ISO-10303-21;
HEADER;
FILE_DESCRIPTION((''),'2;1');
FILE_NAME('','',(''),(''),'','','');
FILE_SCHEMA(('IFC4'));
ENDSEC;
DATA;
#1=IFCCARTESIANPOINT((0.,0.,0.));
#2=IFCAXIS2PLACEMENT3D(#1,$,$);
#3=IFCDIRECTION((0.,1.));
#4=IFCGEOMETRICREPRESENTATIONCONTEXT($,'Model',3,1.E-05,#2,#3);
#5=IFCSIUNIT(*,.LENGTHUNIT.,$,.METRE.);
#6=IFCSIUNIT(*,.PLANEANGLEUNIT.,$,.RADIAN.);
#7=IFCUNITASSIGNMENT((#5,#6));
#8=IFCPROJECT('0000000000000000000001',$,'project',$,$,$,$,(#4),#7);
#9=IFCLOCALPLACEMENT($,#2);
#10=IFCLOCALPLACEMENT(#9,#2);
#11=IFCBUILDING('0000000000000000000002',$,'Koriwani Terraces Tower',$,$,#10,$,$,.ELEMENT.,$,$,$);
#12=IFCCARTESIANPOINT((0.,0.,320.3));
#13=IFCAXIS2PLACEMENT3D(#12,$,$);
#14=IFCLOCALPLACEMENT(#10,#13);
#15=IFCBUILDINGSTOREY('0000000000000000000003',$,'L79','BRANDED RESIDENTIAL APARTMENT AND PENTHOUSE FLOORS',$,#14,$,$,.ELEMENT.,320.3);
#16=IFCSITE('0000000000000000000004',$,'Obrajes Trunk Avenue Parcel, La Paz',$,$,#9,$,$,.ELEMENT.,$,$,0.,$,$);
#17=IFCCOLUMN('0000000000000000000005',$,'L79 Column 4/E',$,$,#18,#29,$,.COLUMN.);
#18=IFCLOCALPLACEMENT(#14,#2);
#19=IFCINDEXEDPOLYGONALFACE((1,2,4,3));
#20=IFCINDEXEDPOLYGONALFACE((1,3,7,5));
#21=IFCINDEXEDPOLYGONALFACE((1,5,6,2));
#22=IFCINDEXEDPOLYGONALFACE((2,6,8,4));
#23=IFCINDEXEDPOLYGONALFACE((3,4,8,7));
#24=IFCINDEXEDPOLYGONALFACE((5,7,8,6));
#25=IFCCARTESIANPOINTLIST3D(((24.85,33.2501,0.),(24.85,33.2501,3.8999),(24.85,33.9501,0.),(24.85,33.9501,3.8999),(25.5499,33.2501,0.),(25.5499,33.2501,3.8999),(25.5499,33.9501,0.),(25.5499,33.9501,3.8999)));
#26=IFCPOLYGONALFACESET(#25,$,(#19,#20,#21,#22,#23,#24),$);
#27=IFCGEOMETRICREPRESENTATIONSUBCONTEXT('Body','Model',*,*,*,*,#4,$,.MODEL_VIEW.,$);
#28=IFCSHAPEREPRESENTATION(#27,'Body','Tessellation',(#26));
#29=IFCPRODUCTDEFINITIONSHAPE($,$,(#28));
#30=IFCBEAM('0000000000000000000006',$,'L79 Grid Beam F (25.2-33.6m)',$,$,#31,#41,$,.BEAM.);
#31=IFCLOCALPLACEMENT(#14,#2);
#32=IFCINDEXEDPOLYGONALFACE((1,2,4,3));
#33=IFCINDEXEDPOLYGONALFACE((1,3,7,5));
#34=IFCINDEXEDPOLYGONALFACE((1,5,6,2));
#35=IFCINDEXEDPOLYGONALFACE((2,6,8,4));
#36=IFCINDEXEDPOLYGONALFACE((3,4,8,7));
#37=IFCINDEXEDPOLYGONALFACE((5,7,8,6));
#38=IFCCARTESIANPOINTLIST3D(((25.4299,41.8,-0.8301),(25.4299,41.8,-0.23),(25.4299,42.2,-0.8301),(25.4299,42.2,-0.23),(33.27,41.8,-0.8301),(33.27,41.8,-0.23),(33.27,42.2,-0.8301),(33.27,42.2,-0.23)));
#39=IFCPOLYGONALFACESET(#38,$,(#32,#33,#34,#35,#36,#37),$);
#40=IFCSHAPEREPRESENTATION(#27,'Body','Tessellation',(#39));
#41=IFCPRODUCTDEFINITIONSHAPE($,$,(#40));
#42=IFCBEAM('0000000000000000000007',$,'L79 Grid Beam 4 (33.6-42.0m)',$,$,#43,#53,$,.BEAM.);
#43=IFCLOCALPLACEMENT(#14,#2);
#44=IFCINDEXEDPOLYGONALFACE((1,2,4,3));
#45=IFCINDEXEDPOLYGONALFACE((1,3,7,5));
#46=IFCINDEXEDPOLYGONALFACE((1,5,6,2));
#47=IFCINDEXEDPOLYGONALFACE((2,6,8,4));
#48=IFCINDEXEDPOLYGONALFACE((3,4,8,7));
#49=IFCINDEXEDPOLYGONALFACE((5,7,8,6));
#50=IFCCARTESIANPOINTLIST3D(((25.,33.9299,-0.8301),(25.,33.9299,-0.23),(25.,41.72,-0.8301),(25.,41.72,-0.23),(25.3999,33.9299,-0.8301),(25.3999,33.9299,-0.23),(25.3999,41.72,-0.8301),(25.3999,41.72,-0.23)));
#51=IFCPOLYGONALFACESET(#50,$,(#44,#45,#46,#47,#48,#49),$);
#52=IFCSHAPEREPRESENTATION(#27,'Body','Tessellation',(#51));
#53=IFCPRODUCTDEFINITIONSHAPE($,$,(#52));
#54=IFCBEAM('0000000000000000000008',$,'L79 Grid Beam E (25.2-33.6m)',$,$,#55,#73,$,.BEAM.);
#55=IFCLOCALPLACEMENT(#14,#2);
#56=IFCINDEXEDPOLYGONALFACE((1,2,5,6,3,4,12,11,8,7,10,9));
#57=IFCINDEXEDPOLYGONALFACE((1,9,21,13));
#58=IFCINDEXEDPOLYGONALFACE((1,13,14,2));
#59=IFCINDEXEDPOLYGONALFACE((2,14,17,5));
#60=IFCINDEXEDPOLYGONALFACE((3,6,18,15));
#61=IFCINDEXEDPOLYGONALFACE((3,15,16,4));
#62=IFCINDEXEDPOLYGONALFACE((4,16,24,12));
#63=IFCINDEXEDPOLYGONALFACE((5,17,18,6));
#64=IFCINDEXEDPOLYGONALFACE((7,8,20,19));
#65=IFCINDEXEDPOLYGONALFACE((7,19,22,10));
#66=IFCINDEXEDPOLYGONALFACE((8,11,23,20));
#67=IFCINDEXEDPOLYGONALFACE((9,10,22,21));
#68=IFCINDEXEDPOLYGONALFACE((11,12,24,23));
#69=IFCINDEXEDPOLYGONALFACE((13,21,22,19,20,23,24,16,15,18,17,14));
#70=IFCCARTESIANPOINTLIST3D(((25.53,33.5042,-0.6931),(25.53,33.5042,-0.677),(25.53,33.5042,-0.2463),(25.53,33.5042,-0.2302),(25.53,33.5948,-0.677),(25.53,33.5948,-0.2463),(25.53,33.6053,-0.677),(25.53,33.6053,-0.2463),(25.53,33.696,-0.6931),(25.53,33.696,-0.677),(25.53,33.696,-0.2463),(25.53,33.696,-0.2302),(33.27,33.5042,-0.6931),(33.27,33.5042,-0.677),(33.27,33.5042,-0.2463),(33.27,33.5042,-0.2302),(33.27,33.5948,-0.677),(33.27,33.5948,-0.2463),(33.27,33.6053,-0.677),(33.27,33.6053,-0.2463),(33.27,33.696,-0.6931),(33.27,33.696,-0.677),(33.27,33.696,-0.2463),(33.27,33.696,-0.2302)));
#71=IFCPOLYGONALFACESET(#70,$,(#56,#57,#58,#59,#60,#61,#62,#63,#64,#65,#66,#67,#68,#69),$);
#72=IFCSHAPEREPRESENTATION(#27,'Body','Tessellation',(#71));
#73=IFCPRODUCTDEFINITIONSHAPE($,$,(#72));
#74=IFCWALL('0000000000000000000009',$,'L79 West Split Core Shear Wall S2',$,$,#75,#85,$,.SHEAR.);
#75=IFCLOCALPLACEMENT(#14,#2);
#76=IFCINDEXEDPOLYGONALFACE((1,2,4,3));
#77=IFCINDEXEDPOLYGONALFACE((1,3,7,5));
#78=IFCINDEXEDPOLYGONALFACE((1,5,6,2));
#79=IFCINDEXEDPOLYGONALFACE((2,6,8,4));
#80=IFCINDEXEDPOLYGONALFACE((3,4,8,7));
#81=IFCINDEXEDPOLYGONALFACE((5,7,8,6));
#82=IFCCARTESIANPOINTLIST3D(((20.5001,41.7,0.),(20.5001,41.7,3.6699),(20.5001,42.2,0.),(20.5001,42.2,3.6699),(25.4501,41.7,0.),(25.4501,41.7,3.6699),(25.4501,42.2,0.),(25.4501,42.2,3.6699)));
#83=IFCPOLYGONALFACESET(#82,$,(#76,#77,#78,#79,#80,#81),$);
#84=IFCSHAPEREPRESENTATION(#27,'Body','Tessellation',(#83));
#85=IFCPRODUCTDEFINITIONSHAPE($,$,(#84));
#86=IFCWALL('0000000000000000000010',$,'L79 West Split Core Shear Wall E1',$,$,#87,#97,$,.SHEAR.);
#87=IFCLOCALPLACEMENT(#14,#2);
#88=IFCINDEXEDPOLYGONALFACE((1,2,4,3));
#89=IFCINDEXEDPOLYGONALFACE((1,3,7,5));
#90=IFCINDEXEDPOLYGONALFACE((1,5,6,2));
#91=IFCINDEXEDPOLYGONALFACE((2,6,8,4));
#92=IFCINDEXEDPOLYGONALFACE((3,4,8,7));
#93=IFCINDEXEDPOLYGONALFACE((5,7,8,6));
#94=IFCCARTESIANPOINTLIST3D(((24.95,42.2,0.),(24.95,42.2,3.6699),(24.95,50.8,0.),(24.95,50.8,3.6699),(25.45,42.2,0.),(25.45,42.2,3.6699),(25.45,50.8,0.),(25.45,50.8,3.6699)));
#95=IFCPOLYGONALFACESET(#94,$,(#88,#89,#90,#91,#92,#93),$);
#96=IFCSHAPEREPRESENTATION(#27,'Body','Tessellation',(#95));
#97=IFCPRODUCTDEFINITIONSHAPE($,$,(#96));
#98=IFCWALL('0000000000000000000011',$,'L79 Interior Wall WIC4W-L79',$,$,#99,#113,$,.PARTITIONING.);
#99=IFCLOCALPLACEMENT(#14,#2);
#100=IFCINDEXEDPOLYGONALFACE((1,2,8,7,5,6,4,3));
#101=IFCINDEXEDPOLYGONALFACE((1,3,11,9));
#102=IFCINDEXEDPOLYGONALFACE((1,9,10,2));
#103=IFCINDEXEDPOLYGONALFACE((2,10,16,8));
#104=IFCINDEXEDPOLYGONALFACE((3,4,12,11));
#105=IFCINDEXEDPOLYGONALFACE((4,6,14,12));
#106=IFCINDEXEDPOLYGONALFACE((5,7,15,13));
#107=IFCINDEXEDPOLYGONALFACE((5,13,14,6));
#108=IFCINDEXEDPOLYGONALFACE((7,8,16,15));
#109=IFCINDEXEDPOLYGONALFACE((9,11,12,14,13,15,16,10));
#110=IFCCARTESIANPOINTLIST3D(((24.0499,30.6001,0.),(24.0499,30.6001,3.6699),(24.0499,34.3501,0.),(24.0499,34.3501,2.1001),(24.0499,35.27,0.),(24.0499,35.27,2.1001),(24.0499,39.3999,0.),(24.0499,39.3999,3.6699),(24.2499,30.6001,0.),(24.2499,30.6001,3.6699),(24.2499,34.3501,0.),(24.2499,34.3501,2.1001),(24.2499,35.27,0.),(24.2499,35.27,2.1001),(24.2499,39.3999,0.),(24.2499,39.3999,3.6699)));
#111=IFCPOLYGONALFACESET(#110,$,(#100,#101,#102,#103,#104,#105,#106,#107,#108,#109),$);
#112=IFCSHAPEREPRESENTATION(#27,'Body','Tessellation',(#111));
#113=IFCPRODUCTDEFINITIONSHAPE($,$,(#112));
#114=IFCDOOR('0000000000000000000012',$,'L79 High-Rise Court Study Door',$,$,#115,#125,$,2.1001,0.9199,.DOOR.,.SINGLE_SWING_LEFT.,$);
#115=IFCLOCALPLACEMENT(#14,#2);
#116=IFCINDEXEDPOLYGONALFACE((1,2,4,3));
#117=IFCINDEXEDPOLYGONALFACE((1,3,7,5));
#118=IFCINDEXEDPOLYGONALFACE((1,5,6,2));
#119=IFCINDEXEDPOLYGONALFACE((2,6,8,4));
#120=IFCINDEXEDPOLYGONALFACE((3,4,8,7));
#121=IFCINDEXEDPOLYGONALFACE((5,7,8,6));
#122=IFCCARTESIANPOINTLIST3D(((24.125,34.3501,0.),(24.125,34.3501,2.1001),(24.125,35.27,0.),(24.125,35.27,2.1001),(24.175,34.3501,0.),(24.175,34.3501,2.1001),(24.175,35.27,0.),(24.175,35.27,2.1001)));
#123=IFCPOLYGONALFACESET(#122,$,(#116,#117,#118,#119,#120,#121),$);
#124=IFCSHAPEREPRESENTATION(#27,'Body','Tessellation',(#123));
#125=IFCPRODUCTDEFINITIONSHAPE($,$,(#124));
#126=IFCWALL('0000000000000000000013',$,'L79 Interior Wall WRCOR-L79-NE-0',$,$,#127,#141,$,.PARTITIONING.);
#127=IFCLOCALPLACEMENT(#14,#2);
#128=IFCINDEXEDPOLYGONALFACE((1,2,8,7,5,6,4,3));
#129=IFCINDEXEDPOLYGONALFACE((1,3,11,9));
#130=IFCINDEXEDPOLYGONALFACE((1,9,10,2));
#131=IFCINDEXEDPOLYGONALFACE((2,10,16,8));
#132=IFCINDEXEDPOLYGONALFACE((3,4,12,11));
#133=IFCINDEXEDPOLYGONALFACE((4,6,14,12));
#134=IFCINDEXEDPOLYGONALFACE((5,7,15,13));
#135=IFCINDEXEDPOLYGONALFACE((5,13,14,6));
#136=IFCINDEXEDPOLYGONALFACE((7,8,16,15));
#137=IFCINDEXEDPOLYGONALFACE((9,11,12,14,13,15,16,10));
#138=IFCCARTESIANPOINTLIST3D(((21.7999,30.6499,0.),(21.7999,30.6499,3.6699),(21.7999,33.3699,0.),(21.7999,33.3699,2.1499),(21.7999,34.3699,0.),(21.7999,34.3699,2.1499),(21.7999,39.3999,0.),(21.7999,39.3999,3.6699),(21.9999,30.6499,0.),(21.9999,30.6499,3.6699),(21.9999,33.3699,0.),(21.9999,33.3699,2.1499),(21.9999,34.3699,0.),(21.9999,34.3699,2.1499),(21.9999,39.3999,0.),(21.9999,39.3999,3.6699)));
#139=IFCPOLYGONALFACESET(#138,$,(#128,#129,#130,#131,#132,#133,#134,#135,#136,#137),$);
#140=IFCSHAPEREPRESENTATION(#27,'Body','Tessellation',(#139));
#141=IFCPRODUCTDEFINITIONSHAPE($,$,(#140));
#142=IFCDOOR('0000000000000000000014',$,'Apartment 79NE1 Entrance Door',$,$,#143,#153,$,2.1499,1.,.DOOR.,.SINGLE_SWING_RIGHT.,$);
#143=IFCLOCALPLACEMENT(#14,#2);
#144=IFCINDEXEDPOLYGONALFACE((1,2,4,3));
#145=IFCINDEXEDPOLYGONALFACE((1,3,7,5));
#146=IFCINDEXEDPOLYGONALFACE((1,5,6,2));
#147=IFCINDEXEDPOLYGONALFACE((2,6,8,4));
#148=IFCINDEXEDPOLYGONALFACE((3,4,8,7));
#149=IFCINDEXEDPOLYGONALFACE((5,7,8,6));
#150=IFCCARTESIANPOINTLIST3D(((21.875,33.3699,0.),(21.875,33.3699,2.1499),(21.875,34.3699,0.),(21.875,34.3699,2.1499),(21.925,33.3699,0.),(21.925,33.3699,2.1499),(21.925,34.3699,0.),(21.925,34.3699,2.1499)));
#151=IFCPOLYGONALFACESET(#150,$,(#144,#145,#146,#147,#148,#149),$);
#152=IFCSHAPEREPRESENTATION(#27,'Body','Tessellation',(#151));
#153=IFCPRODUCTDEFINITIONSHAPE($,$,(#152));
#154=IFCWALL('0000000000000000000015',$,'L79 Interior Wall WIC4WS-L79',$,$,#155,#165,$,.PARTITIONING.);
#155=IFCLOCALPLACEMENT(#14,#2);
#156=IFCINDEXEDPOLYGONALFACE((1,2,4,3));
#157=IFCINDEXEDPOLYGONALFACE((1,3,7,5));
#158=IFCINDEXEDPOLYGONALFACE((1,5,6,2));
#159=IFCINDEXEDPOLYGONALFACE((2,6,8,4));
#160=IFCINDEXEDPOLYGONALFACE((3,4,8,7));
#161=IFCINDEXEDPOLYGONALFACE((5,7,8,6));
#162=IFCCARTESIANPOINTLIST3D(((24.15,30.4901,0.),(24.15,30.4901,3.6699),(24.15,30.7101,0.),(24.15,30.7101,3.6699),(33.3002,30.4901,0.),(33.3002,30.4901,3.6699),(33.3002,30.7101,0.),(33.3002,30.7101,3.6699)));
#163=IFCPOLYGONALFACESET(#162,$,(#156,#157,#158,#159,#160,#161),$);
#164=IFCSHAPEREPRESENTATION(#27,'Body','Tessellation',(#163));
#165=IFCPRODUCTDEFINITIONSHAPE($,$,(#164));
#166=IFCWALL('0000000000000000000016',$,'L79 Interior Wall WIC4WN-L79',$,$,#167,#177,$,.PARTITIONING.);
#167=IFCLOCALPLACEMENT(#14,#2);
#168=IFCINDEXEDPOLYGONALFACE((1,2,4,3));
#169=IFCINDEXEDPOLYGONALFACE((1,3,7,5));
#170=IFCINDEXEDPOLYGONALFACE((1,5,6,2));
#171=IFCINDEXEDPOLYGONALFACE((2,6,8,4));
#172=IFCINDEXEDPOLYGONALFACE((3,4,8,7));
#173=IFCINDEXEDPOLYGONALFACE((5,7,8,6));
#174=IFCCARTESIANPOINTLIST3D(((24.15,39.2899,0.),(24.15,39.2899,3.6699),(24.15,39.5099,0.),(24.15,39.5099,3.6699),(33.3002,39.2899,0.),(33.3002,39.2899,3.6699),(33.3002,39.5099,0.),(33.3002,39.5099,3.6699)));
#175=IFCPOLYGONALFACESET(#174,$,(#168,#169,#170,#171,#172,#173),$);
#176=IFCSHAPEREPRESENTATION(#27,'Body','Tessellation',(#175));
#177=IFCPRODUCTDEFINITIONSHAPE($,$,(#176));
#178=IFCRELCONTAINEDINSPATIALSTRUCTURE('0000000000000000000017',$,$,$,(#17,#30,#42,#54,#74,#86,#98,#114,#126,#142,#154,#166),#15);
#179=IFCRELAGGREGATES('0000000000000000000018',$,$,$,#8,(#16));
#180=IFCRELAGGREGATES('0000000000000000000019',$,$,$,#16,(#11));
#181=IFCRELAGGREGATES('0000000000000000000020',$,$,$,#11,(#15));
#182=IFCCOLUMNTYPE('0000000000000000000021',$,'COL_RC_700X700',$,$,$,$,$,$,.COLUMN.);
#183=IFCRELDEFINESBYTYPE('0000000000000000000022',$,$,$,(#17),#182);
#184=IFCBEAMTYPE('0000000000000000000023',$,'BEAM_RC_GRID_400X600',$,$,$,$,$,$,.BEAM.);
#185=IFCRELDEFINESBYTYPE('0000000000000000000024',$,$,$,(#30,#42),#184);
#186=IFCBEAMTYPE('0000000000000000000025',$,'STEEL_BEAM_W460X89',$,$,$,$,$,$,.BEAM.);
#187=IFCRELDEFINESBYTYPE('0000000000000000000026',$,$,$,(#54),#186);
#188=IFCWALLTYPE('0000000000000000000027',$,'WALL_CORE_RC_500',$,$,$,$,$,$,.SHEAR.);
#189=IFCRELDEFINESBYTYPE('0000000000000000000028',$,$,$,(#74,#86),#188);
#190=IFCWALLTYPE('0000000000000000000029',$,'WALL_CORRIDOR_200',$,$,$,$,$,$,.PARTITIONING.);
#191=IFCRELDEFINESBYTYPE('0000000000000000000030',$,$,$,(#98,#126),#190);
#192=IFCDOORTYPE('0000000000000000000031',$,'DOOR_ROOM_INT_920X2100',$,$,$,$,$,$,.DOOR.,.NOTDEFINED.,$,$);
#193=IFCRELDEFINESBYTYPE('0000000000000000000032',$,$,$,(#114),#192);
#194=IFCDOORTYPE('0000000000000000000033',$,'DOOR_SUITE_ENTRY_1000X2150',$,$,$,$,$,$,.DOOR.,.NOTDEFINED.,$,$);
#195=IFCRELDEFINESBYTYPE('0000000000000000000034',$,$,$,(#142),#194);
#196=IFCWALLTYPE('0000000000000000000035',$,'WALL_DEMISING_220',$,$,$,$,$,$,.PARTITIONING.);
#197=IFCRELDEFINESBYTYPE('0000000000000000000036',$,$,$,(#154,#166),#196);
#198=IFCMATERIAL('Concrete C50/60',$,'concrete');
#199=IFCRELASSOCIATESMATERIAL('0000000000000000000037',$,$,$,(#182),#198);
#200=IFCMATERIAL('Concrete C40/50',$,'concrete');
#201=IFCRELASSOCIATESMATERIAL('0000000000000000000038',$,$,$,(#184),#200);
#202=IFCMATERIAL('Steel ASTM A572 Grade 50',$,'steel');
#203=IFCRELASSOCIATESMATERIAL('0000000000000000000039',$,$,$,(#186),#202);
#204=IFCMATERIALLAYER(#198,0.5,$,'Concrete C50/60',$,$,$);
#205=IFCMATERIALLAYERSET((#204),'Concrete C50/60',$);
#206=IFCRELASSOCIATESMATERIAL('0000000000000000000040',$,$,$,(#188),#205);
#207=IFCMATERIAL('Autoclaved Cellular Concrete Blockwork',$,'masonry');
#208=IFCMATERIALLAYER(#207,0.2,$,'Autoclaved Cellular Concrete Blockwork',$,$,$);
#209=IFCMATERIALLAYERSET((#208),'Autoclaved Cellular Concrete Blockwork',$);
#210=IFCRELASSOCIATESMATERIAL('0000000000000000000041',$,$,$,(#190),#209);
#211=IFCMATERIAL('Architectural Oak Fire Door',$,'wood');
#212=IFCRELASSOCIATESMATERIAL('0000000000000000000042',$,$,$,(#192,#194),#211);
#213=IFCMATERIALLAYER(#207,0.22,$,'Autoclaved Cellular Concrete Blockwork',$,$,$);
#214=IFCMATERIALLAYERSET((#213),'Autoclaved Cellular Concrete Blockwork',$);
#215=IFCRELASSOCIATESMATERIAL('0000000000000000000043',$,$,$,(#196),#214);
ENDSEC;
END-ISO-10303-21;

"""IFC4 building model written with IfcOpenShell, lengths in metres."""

from ifc_helpers import new_model, si_unit, direction, frame, frame_2d, origin, origin_2d, place, context, subcontext, project, spatial, rectangle, i_section, extrude, material, layer, layer_set, material_profile, profile_set, type_object, element, fill, save


model = new_model("IFC4")

# Units and contexts
model_context = context("Model", 3, precision=1e-05, world=origin(), true_north=direction((0.0, 1.0)))
body_context = subcontext(model_context, "Body", "Model", "MODEL_VIEW")
ifc_project = project(units=[si_unit("LENGTHUNIT", "METRE"), si_unit("PLANEANGLEUNIT", "RADIAN")], contexts=[model_context])

# Site, building, storey
site_placement = place(None, origin())
site = spatial("IfcSite", under=ifc_project, at=site_placement, Name="Obrajes Trunk Avenue Parcel, La Paz", CompositionType="ELEMENT", RefElevation=0.0)
building_placement = place(site_placement, origin())
building = spatial("IfcBuilding", under=site, at=building_placement, Name="Koriwani Terraces Tower", CompositionType="ELEMENT")
storey_placement = place(building_placement, frame((0.0, 0.0, 320.3)))
storey = spatial("IfcBuildingStorey", under=building, at=storey_placement, Name="L79", Description="BRANDED RESIDENTIAL APARTMENT AND PENTHOUSE FLOORS", CompositionType="ELEMENT", Elevation=320.3)

# Column
ifc_material_1 = material(Name="Concrete C50/60", Category="concrete")
ifc_material_profile_1 = material_profile(ifc_material_1, rectangle(XDim=0.7, YDim=0.7, at=origin_2d()), Name="Concrete C50/60", Category="LoadBearing")
ifc_profile_set_1 = profile_set([ifc_material_profile_1], Name="Concrete C50/60")
column_type = type_object("IfcColumnType", Name="COL_RC_700X700", PredefinedType="COLUMN", material=ifc_profile_set_1)
column_placement = place(storey_placement, frame((25.2, 33.6001, 0.0), z_axis=(0.0, 0.0, 1.0), x_axis=(1.0, 0.0, 0.0)))
element("IfcColumn", 1, at=column_placement, inside=storey, type_object=column_type, Name="L79 Column 4/E", PredefinedType="COLUMN", context=body_context, shape_type="SweptSolid", body=[
    extrude(rectangle(XDim=0.7, YDim=0.7, at=origin_2d()), origin(), (0.0, 0.0, 1.0), 3.8999),
])

# Beams
ifc_material_2 = material(Name="Concrete C40/50", Category="concrete")
ifc_material_profile_2 = material_profile(ifc_material_2, rectangle(XDim=0.3999, YDim=0.6001, at=origin_2d()), Name="Concrete C40/50", Category="LoadBearing")
ifc_profile_set_2 = profile_set([ifc_material_profile_2], Name="Concrete C40/50")
beam_type_1 = type_object("IfcBeamType", Name="BEAM_RC_GRID_400X600", PredefinedType="BEAM", material=ifc_profile_set_2)
beam_1_placement = place(storey_placement, frame((25.4299, 42.0, -0.53), z_axis=(1.0, 0.0, 0.0), x_axis=(0.0, 1.0, 0.0)))
element("IfcBeam", 2, at=beam_1_placement, inside=storey, type_object=beam_type_1, Name="L79 Grid Beam F (25.2-33.6m)", PredefinedType="BEAM", context=body_context, shape_type="SweptSolid", body=[
    extrude(rectangle(XDim=0.3999, YDim=0.6001, at=origin_2d()), origin(), (0.0, 0.0, 1.0), 7.8401),
])
beam_2_placement = place(storey_placement, frame((25.2, 33.9299, -0.53), z_axis=(0.0, 1.0, 0.0), x_axis=(-1.0, 0.0, 0.0)))
element("IfcBeam", 3, at=beam_2_placement, inside=storey, type_object=beam_type_1, Name="L79 Grid Beam 4 (33.6-42.0m)", PredefinedType="BEAM", context=body_context, shape_type="SweptSolid", body=[
    extrude(rectangle(XDim=0.3999, YDim=0.6001, at=origin_2d()), origin(), (0.0, 0.0, 1.0), 7.79),
])
ifc_material_3 = material(Name="Steel ASTM A572 Grade 50", Category="steel")
ifc_material_profile_3 = material_profile(ifc_material_3, i_section(OverallWidth=0.1919, OverallDepth=0.4629, WebThickness=0.0105, FlangeThickness=0.0161, at=origin_2d()), Name="Steel ASTM A572 Grade 50", Category="LoadBearing")
ifc_profile_set_3 = profile_set([ifc_material_profile_3], Name="Steel ASTM A572 Grade 50")
beam_type_2 = type_object("IfcBeamType", Name="STEEL_BEAM_W460X89", PredefinedType="BEAM", material=ifc_profile_set_3)
beam_3_placement = place(storey_placement, frame((25.53, 33.6001, -0.4617), z_axis=(1.0, 0.0, 0.0), x_axis=(0.0, 1.0, 0.0)))
element("IfcBeam", 4, at=beam_3_placement, inside=storey, type_object=beam_type_2, Name="L79 Grid Beam E (25.2-33.6m)", PredefinedType="BEAM", context=body_context, shape_type="SweptSolid", body=[
    extrude(i_section(OverallWidth=0.1919, OverallDepth=0.4629, WebThickness=0.0105, FlangeThickness=0.0161, at=origin_2d()), origin(), (0.0, 0.0, 1.0), 7.74),
])

# Walls
ifc_layer_1 = layer(ifc_material_1, 0.5, Name="Concrete C50/60")
ifc_layer_set_1 = layer_set([ifc_layer_1], Name="Concrete C50/60")
wall_type_1 = type_object("IfcWallType", Name="WALL_CORE_RC_500", PredefinedType="SHEAR", material=ifc_layer_set_1)
wall_1_placement = place(storey_placement, frame((20.5, 41.95, 0.0), z_axis=(0.0, 0.0, 1.0), x_axis=(1.0, 0.0, 0.0)))
element("IfcWall", 5, at=wall_1_placement, inside=storey, type_object=wall_type_1, Name="L79 West Split Core Shear Wall S2", PredefinedType="SHEAR", context=body_context, shape_type="SweptSolid", body=[
    extrude(rectangle(XDim=4.95, YDim=0.5, at=frame_2d((2.4751, 0.0))), origin(), (0.0, 0.0, 1.0), 3.6699),
])
wall_2_placement = place(storey_placement, frame((25.2, 42.2, 0.0), z_axis=(0.0, 0.0, 1.0), x_axis=(0.0, 1.0, 0.0)))
element("IfcWall", 6, at=wall_2_placement, inside=storey, type_object=wall_type_1, Name="L79 West Split Core Shear Wall E1", PredefinedType="SHEAR", context=body_context, shape_type="SweptSolid", body=[
    extrude(rectangle(XDim=8.6001, YDim=0.5, at=frame_2d((4.3, 0.0))), origin(), (0.0, 0.0, 1.0), 3.6699),
])

# Walls, openings, doors
ifc_material_4 = material(Name="Autoclaved Cellular Concrete Blockwork", Category="masonry")
ifc_layer_2 = layer(ifc_material_4, 0.2, Name="Autoclaved Cellular Concrete Blockwork")
ifc_layer_set_2 = layer_set([ifc_layer_2], Name="Autoclaved Cellular Concrete Blockwork")
wall_type_2 = type_object("IfcWallType", Name="WALL_CORRIDOR_200", PredefinedType="PARTITIONING", material=ifc_layer_set_2)
wall_3_placement = place(storey_placement, frame((24.1499, 30.6001, 0.0), z_axis=(0.0, 0.0, 1.0), x_axis=(0.0, 1.0, 0.0)))
wall_3 = element("IfcWall", 7, at=wall_3_placement, inside=storey, type_object=wall_type_2, Name="L79 Interior Wall WIC4W-L79", PredefinedType="PARTITIONING", context=body_context, shape_type="SweptSolid", body=[
    extrude(rectangle(XDim=8.7998, YDim=0.2, at=frame_2d((4.3999, 0.0))), origin(), (0.0, 0.0, 1.0), 3.6699),
])
opening_1_placement = place(wall_3_placement, frame((3.75, 0.0, 0.0)))
opening_1 = element("IfcOpeningElement", 8, at=opening_1_placement, cuts=wall_3, PredefinedType="OPENING", context=body_context, shape_type="SweptSolid", body=[
    extrude(rectangle(XDim=0.9199, YDim=2.1001, at=frame_2d((0.46, 1.05))), frame((0.0, 0.1099, 0.0), z_axis=(0.0, -1.0, 0.0), x_axis=(1.0, 0.0, 0.0)), (0.0, 0.0, 1.0), 0.22),
])
ifc_material_5 = material(Name="Architectural Oak Fire Door", Category="wood")
door_type_1 = type_object("IfcDoorType", Name="DOOR_ROOM_INT_920X2100", OperationType="NOTDEFINED", PredefinedType="DOOR", material=ifc_material_5)
door_1_placement = place(opening_1_placement, origin())
door_1 = element("IfcDoor", 9, at=door_1_placement, inside=storey, type_object=door_type_1, Name="L79 High-Rise Court Study Door", OperationType="SINGLE_SWING_LEFT", OverallHeight=2.1001, OverallWidth=0.9199, PredefinedType="DOOR", context=body_context, shape_type="SweptSolid", body=[
    extrude(rectangle(XDim=0.9199, YDim=2.1001, at=frame_2d((0.46, 1.05))), frame((0.0, 0.0249, 0.0), z_axis=(0.0, -1.0, 0.0), x_axis=(1.0, 0.0, 0.0)), (0.0, 0.0, 1.0), 0.05),
])
fill(opening_1, door_1)
wall_4_placement = place(storey_placement, frame((21.8999, 30.6499, 0.0), z_axis=(0.0, 0.0, 1.0), x_axis=(0.0, 1.0, 0.0)))
wall_4 = element("IfcWall", 10, at=wall_4_placement, inside=storey, type_object=wall_type_2, Name="L79 Interior Wall WRCOR-L79-NE-0", PredefinedType="PARTITIONING", context=body_context, shape_type="SweptSolid", body=[
    extrude(rectangle(XDim=8.75, YDim=0.2, at=frame_2d((4.375, 0.0))), origin(), (0.0, 0.0, 1.0), 3.6699),
])
opening_2_placement = place(wall_4_placement, frame((2.72, 0.0, 0.0)))
opening_2 = element("IfcOpeningElement", 11, at=opening_2_placement, cuts=wall_4, PredefinedType="OPENING", context=body_context, shape_type="SweptSolid", body=[
    extrude(rectangle(XDim=1.0, YDim=2.1499, at=frame_2d((0.5, 1.075))), frame((0.0, 0.1099, 0.0), z_axis=(0.0, -1.0, 0.0), x_axis=(1.0, 0.0, 0.0)), (0.0, 0.0, 1.0), 0.22),
])
door_type_2 = type_object("IfcDoorType", Name="DOOR_SUITE_ENTRY_1000X2150", OperationType="NOTDEFINED", PredefinedType="DOOR", material=ifc_material_5)
door_2_placement = place(opening_2_placement, origin())
door_2 = element("IfcDoor", 12, at=door_2_placement, inside=storey, type_object=door_type_2, Name="Apartment 79NE1 Entrance Door", OperationType="SINGLE_SWING_RIGHT", OverallHeight=2.1499, OverallWidth=1.0, PredefinedType="DOOR", context=body_context, shape_type="SweptSolid", body=[
    extrude(rectangle(XDim=1.0, YDim=2.1499, at=frame_2d((0.5, 1.075))), frame((0.0, 0.0249, 0.0), z_axis=(0.0, -1.0, 0.0), x_axis=(1.0, 0.0, 0.0)), (0.0, 0.0, 1.0), 0.05),
])
fill(opening_2, door_2)

# Walls
ifc_layer_3 = layer(ifc_material_4, 0.22, Name="Autoclaved Cellular Concrete Blockwork")
ifc_layer_set_3 = layer_set([ifc_layer_3], Name="Autoclaved Cellular Concrete Blockwork")
wall_type_3 = type_object("IfcWallType", Name="WALL_DEMISING_220", PredefinedType="PARTITIONING", material=ifc_layer_set_3)
for number, where, z_axis, x_axis, name in (
    (13, (24.1499, 30.6001, 0.0), (0.0, 0.0, 1.0), (1.0, 0.0, 0.0), "L79 Interior Wall WIC4WS-L79"),
    (14, (24.1499, 39.3999, 0.0), (0.0, 0.0, 1.0), (1.0, 0.0, 0.0), "L79 Interior Wall WIC4WN-L79"),
):
    element("IfcWall", number, at=place(storey_placement, frame(where, z_axis=z_axis, x_axis=x_axis)), inside=storey, type_object=wall_type_3, Name=name, PredefinedType="PARTITIONING", context=body_context, shape_type="SweptSolid", body=[
        extrude(rectangle(XDim=9.1501, YDim=0.22, at=frame_2d((4.5752, 0.0))), origin(), (0.0, 0.0, 1.0), 3.6699),
    ])

save(model, "model.ifc")
